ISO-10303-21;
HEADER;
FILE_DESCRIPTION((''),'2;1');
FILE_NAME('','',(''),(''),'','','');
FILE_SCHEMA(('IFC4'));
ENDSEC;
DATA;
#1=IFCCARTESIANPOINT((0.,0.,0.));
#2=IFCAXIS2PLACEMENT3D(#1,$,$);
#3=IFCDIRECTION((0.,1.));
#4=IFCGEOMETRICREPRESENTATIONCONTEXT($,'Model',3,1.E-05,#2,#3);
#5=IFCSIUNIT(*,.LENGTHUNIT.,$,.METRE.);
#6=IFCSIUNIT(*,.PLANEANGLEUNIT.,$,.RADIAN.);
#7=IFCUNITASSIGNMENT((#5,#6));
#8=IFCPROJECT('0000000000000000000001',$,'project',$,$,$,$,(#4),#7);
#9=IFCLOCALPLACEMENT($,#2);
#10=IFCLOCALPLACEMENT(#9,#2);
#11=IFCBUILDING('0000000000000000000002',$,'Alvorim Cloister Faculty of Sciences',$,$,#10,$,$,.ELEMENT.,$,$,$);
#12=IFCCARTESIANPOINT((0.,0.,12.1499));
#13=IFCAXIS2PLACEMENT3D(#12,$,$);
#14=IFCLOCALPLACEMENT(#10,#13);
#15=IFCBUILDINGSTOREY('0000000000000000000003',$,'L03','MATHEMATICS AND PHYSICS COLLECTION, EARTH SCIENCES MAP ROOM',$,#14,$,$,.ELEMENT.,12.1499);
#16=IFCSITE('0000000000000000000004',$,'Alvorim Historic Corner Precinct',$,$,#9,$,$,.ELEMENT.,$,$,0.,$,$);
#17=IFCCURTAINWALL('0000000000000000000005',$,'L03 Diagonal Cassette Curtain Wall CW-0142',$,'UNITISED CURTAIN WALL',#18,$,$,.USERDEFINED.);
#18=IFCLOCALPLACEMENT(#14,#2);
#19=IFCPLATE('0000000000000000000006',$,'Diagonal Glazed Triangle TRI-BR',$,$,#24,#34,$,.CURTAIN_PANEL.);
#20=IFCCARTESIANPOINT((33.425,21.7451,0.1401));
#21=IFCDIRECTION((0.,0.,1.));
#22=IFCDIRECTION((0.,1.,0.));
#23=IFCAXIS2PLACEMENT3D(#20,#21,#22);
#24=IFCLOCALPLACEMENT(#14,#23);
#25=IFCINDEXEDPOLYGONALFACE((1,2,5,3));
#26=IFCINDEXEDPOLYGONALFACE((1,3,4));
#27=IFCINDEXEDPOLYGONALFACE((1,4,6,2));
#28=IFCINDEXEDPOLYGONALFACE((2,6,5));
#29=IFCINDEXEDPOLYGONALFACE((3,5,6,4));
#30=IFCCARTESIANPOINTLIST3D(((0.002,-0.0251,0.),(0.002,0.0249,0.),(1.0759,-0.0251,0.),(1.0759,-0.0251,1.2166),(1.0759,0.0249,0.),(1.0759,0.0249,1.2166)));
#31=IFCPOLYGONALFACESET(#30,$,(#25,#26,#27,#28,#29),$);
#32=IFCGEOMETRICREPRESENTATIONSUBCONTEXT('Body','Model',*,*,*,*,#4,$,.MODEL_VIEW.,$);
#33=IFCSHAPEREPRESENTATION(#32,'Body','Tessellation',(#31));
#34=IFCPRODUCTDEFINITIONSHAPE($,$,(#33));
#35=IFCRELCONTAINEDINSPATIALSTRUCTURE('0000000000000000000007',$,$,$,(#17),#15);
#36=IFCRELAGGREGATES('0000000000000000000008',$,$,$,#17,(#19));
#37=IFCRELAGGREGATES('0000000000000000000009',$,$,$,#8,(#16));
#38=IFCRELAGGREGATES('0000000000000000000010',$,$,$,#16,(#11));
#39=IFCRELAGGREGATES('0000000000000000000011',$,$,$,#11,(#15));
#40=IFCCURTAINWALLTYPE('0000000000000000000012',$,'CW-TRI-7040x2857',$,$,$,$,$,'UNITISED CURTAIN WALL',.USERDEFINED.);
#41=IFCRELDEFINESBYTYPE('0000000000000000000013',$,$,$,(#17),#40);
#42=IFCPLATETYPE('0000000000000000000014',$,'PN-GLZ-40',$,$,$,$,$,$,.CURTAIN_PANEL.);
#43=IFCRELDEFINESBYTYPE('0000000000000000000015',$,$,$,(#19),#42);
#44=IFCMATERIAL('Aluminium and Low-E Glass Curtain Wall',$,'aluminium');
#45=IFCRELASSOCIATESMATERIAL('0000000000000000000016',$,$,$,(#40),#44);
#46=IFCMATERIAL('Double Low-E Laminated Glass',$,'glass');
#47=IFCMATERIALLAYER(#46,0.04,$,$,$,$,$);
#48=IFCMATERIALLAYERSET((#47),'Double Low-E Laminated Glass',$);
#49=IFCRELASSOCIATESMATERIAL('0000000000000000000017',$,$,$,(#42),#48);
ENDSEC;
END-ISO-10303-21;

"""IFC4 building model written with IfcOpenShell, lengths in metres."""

from ifc_helpers import new_model, si_unit, direction, frame, origin, place, context, subcontext, project, spatial, polyline, outline, extrude, material, layer, layer_set, type_object, element, aggregate, save


model = new_model("IFC4")

# Units and contexts
model_context = context("Model", 3, precision=1e-05, world=origin(), true_north=direction((0.0, 1.0)))
body_context = subcontext(model_context, "Body", "Model", "MODEL_VIEW")
ifc_project = project(units=[si_unit("LENGTHUNIT", "METRE"), si_unit("PLANEANGLEUNIT", "RADIAN")], contexts=[model_context])

# Site, building, storey
site_placement = place(None, origin())
site = spatial("IfcSite", under=ifc_project, at=site_placement, Name="Alvorim Historic Corner Precinct", CompositionType="ELEMENT", RefElevation=0.0)
building_placement = place(site_placement, origin())
building = spatial("IfcBuilding", under=site, at=building_placement, Name="Alvorim Cloister Faculty of Sciences", CompositionType="ELEMENT")
storey_placement = place(building_placement, frame((0.0, 0.0, 12.1499)))
storey = spatial("IfcBuildingStorey", under=building, at=storey_placement, Name="L03", Description="MATHEMATICS AND PHYSICS COLLECTION, EARTH SCIENCES MAP ROOM", CompositionType="ELEMENT", Elevation=12.1499)

# Curtain wall
ifc_material_1 = material(Name="Aluminium and Low-E Glass Curtain Wall", Category="aluminium")
curtain_wall_type_1 = type_object("IfcCurtainWallType", Name="CW-TRI-7040x2857", ElementType="UNITISED CURTAIN WALL", PredefinedType="USERDEFINED", material=ifc_material_1)
curtain_wall_1_placement = place(storey_placement, origin())
curtain_wall_1 = element("IfcCurtainWall", 1, at=curtain_wall_1_placement, inside=storey, type_object=curtain_wall_type_1, Name="L03 Diagonal Cassette Curtain Wall CW-0142", ObjectType="UNITISED CURTAIN WALL", PredefinedType="USERDEFINED")

# Plate
ifc_material_2 = material(Name="Double Low-E Laminated Glass", Category="glass")
ifc_layer = layer(ifc_material_2, 0.04)
ifc_layer_set = layer_set([ifc_layer], Name="Double Low-E Laminated Glass")
plate_type = type_object("IfcPlateType", Name="PN-GLZ-40", PredefinedType="CURTAIN_PANEL", material=ifc_layer_set)
plate_1_placement = place(storey_placement, frame((33.425, 21.7451, 0.1401), z_axis=(0.0, 0.0, 1.0), x_axis=(0.0, 1.0, 0.0)))
plate_1 = element("IfcPlate", 2, at=plate_1_placement, type_object=plate_type, Name="Diagonal Glazed Triangle TRI-BR", PredefinedType="CURTAIN_PANEL", context=body_context, shape_type="SweptSolid", body=[
    extrude(outline(polyline([(0.002, 0.0), (1.0759, 0.0), (1.0759, 1.2166), (0.002, 0.0)])), frame((0.0, 0.0249, 0.0), z_axis=(0.0, -1.0, 0.0), x_axis=(1.0, 0.0, 0.0)), (0.0, 0.0, 1.0), 0.05),
])
aggregate(curtain_wall_1, [plate_1])

save(model, "model.ifc")
